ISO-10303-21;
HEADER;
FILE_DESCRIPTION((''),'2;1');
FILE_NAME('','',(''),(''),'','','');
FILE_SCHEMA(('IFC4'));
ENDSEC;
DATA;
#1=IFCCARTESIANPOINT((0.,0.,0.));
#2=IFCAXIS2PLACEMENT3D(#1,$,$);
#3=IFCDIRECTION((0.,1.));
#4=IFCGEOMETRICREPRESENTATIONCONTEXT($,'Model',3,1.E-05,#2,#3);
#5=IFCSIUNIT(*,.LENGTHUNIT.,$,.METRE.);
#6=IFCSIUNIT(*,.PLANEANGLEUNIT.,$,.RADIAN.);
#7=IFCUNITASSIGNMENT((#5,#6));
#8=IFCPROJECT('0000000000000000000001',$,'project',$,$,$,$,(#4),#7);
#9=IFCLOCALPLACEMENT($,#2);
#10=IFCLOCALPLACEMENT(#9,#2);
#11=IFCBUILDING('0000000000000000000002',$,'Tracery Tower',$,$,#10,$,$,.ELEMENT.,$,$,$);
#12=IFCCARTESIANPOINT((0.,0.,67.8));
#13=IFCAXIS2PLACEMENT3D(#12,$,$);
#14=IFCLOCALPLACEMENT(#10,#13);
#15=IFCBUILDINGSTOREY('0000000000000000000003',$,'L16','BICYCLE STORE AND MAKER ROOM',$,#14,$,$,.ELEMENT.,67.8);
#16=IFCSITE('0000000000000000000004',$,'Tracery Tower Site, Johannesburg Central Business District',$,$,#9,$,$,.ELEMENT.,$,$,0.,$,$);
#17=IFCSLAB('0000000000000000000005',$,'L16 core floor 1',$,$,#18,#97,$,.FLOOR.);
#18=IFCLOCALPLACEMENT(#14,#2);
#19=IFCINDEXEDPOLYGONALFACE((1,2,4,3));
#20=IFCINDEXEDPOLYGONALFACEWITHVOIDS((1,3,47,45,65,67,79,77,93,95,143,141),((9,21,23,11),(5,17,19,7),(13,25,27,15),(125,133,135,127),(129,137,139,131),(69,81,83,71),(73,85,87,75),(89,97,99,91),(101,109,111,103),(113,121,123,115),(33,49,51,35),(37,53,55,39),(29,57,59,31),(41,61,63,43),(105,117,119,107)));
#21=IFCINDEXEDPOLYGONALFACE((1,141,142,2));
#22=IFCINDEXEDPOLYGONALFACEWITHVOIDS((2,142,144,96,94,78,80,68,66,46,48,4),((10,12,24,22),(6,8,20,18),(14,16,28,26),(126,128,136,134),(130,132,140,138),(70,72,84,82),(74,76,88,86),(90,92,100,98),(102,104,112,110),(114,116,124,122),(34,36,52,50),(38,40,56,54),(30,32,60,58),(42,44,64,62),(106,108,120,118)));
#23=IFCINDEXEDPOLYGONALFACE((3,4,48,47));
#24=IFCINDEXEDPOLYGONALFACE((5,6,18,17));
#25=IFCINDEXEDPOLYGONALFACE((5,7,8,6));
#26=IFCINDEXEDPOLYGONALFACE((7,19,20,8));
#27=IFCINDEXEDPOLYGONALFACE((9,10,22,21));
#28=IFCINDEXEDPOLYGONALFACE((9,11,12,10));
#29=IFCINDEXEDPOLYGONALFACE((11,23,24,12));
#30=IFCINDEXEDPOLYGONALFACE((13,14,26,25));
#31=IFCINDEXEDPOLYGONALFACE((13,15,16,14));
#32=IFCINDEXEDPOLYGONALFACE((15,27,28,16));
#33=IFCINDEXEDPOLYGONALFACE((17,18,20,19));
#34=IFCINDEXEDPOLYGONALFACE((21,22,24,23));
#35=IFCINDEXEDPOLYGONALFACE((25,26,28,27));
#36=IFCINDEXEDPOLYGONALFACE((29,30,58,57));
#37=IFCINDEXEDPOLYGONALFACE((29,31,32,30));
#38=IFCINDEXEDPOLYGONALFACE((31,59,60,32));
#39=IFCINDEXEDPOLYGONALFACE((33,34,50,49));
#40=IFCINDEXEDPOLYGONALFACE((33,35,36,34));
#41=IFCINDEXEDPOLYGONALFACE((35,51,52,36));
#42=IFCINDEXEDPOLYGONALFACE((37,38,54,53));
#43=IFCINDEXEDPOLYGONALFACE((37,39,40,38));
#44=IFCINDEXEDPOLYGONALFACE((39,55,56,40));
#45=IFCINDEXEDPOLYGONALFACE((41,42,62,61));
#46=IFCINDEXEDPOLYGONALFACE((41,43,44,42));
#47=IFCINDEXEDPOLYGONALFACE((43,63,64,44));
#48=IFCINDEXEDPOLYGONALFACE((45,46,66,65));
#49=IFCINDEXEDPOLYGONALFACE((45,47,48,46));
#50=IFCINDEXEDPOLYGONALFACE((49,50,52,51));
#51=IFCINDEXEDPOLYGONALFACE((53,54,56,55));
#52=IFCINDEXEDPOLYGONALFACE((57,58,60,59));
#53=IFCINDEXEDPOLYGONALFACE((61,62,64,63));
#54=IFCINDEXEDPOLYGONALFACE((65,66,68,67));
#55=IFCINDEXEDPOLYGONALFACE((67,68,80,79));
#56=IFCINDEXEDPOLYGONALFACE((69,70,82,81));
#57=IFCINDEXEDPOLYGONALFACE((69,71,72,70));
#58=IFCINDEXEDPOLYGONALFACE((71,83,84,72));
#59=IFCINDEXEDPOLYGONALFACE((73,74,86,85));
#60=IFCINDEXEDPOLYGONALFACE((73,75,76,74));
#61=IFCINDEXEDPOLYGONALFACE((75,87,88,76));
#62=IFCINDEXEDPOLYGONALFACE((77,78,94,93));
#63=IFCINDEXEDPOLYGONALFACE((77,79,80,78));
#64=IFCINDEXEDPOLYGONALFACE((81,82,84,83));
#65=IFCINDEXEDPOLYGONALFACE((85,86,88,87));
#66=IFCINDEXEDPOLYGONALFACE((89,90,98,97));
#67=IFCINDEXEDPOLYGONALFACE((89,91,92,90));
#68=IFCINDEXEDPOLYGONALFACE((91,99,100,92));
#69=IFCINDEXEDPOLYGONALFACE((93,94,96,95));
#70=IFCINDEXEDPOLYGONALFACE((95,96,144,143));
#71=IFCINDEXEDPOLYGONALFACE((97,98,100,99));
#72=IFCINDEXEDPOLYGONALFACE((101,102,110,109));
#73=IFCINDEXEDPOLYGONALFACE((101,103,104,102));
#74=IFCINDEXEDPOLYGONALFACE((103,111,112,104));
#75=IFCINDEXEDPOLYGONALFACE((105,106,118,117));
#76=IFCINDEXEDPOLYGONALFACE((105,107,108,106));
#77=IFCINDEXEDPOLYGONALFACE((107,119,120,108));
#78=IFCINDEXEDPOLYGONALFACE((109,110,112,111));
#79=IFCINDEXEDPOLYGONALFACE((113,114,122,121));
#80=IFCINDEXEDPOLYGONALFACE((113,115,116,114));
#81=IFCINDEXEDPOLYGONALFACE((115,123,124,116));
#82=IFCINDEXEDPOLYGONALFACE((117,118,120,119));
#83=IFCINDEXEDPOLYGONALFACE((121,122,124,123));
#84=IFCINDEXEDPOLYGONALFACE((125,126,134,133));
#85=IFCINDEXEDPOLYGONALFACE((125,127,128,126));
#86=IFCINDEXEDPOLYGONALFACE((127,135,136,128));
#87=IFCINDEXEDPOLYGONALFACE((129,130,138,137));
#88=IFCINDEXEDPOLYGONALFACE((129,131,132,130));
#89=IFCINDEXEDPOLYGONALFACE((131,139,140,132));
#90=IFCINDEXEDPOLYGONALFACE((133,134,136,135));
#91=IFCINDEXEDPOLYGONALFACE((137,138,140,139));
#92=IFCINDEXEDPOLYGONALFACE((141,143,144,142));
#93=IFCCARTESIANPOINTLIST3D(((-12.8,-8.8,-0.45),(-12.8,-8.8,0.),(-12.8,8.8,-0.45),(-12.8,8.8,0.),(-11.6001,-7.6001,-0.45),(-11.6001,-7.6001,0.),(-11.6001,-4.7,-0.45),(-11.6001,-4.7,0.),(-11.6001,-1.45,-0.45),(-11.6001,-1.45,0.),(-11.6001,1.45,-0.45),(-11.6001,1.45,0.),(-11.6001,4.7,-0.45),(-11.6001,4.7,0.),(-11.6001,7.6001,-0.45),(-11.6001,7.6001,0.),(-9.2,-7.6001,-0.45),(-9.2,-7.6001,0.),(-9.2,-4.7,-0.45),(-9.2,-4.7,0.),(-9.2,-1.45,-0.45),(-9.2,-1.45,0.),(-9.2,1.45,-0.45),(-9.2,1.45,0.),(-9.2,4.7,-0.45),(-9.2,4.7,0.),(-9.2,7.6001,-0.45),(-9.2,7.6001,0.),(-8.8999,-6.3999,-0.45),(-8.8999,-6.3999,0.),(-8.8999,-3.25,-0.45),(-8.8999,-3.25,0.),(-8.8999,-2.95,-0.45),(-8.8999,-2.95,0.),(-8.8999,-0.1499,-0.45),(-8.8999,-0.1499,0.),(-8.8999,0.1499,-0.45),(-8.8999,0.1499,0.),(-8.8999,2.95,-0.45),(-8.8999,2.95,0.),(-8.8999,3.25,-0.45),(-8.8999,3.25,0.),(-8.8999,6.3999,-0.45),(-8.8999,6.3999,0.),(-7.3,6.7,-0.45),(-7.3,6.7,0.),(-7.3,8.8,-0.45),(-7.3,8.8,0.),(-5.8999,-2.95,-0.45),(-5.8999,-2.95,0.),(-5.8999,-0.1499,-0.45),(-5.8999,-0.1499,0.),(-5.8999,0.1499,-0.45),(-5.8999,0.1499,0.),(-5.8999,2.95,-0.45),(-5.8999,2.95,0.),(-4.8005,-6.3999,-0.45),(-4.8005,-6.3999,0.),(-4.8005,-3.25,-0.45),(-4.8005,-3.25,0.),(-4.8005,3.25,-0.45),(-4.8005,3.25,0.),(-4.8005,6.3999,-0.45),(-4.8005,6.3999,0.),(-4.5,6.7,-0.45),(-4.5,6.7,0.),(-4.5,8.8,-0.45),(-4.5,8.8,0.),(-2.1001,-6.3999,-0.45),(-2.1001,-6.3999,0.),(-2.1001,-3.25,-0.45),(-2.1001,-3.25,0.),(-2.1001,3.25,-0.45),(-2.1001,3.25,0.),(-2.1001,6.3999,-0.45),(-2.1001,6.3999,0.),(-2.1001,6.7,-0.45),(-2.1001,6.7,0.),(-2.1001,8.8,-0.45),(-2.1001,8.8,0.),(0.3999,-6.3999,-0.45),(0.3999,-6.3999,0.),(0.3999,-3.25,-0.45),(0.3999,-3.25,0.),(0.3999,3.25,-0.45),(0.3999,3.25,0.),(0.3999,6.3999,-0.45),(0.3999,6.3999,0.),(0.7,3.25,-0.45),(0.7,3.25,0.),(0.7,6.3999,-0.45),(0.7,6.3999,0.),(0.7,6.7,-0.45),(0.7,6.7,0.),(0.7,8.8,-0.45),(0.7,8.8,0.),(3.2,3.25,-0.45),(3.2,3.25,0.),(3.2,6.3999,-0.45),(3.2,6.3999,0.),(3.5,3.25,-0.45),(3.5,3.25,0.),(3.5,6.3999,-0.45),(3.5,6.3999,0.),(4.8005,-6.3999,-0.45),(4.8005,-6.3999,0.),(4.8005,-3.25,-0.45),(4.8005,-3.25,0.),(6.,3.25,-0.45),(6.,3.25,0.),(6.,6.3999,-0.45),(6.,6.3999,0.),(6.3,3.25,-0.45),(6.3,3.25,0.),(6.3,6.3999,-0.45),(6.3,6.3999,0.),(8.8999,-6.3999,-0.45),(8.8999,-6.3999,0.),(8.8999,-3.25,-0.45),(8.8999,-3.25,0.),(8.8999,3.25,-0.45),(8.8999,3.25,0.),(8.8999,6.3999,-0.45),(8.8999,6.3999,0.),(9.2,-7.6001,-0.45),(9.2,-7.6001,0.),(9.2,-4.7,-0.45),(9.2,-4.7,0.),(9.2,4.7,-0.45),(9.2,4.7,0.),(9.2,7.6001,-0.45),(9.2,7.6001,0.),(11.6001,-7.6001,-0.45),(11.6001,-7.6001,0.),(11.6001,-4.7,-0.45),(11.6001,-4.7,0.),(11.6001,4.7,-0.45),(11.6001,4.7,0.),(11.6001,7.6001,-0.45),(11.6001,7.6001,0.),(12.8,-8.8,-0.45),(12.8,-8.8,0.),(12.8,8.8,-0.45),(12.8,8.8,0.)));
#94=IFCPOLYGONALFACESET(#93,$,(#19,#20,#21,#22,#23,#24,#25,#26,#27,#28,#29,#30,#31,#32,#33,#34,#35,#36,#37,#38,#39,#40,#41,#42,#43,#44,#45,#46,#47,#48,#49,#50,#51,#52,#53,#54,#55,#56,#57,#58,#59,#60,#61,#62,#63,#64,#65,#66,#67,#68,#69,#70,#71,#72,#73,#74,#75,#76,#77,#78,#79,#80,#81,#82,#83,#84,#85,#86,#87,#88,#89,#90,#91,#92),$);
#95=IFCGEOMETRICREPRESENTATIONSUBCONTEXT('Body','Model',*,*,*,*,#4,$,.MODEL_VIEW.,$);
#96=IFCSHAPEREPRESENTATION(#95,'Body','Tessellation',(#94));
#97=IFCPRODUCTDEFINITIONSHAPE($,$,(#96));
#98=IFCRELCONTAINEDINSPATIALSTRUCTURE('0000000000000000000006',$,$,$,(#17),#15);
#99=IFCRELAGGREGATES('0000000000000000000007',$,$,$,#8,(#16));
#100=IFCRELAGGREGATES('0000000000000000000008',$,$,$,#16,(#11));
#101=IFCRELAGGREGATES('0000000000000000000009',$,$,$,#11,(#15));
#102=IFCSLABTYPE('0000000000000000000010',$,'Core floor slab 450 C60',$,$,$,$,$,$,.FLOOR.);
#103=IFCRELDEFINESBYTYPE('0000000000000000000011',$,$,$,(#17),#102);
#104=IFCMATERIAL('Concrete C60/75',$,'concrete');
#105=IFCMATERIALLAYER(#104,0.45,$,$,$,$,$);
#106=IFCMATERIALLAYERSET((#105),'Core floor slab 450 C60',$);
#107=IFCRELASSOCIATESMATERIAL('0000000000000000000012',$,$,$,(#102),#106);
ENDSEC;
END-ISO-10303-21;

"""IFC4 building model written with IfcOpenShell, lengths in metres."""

from ifc_helpers import new_model, si_unit, direction, frame, origin, place, context, subcontext, project, spatial, polyline, outline, extrude, material, layer, layer_set, type_object, element, save


model = new_model("IFC4")

# Units and contexts
model_context = context("Model", 3, precision=1e-05, world=origin(), true_north=direction((0.0, 1.0)))
body_context = subcontext(model_context, "Body", "Model", "MODEL_VIEW")
ifc_project = project(units=[si_unit("LENGTHUNIT", "METRE"), si_unit("PLANEANGLEUNIT", "RADIAN")], contexts=[model_context])

# Site, building, storey
site_placement = place(None, origin())
site = spatial("IfcSite", under=ifc_project, at=site_placement, Name="Tracery Tower Site, Johannesburg Central Business District", CompositionType="ELEMENT", RefElevation=0.0)
building_placement = place(site_placement, origin())
building = spatial("IfcBuilding", under=site, at=building_placement, Name="Tracery Tower", CompositionType="ELEMENT")
storey_placement = place(building_placement, frame((0.0, 0.0, 67.8)))
storey = spatial("IfcBuildingStorey", under=building, at=storey_placement, Name="L16", Description="BICYCLE STORE AND MAKER ROOM", CompositionType="ELEMENT", Elevation=67.8)

# Slab
ifc_material_1 = material(Name="Concrete C60/75", Category="concrete")
ifc_layer_1 = layer(ifc_material_1, 0.45)
ifc_layer_set_1 = layer_set([ifc_layer_1], Name="Core floor slab 450 C60")
slab_type_1 = type_object("IfcSlabType", Name="Core floor slab 450 C60", PredefinedType="FLOOR", material=ifc_layer_set_1)
slab_1_placement = place(storey_placement, frame((0.0, 0.0, -0.45)))
element("IfcSlab", 1, at=slab_1_placement, inside=storey, type_object=slab_type_1, Name="L16 core floor 1", PredefinedType="FLOOR", context=body_context, shape_type="SweptSolid", body=[
    extrude(outline(polyline([(-12.8, 8.8), (-7.3, 8.8), (-7.3, 6.7), (-4.5, 6.7), (-4.5, 8.8), (-2.1001, 8.8), (-2.1001, 6.7), (0.7, 6.7), (0.7, 8.8), (12.8, 8.8), (12.8, -8.8), (-12.8, -8.8), (-12.8, 8.8)]), holes=[polyline([(11.6001, -7.6001), (11.6001, -4.7), (9.2, -4.7), (9.2, -7.6001), (11.6001, -7.6001)]), polyline([(11.6001, 4.7), (11.6001, 7.6001), (9.2, 7.6001), (9.2, 4.7), (11.6001, 4.7)]), polyline([(4.8005, -3.25), (4.8005, -6.3999), (8.8999, -6.3999), (8.8999, -3.25), (4.8005, -3.25)]), polyline([(6.3, 3.25), (8.8999, 3.25), (8.8999, 6.3999), (6.3, 6.3999), (6.3, 3.25)]), polyline([(3.5, 3.25), (6.0, 3.25), (6.0, 6.3999), (3.5, 6.3999), (3.5, 3.25)]), polyline([(3.2, 3.25), (3.2, 6.3999), (0.7, 6.3999), (0.7, 3.25), (3.2, 3.25)]), polyline([(-2.1001, 3.25), (0.3999, 3.25), (0.3999, 6.3999), (-2.1001, 6.3999), (-2.1001, 3.25)]), polyline([(0.3999, -6.3999), (0.3999, -3.25), (-2.1001, -3.25), (-2.1001, -6.3999), (0.3999, -6.3999)]), polyline([(-4.8005, -3.25), (-8.8999, -3.25), (-8.8999, -6.3999), (-4.8005, -6.3999), (-4.8005, -3.25)]), polyline([(-4.8005, 6.3999), (-8.8999, 6.3999), (-8.8999, 3.25), (-4.8005, 3.25), (-4.8005, 6.3999)]), polyline([(-8.8999, -2.95), (-5.8999, -2.95), (-5.8999, -0.1499), (-8.8999, -0.1499), (-8.8999, -2.95)]), polyline([(-5.8999, 0.1499), (-5.8999, 2.95), (-8.8999, 2.95), (-8.8999, 0.1499), (-5.8999, 0.1499)]), polyline([(-11.6001, 4.7), (-9.2, 4.7), (-9.2, 7.6001), (-11.6001, 7.6001), (-11.6001, 4.7)]), polyline([(-9.2, -7.6001), (-9.2, -4.7), (-11.6001, -4.7), (-11.6001, -7.6001), (-9.2, -7.6001)]), polyline([(-9.2, -1.45), (-9.2, 1.45), (-11.6001, 1.45), (-11.6001, -1.45), (-9.2, -1.45)])]), origin(), (0.0, 0.0, 1.0), 0.45),
])

save(model, "model.ifc")
